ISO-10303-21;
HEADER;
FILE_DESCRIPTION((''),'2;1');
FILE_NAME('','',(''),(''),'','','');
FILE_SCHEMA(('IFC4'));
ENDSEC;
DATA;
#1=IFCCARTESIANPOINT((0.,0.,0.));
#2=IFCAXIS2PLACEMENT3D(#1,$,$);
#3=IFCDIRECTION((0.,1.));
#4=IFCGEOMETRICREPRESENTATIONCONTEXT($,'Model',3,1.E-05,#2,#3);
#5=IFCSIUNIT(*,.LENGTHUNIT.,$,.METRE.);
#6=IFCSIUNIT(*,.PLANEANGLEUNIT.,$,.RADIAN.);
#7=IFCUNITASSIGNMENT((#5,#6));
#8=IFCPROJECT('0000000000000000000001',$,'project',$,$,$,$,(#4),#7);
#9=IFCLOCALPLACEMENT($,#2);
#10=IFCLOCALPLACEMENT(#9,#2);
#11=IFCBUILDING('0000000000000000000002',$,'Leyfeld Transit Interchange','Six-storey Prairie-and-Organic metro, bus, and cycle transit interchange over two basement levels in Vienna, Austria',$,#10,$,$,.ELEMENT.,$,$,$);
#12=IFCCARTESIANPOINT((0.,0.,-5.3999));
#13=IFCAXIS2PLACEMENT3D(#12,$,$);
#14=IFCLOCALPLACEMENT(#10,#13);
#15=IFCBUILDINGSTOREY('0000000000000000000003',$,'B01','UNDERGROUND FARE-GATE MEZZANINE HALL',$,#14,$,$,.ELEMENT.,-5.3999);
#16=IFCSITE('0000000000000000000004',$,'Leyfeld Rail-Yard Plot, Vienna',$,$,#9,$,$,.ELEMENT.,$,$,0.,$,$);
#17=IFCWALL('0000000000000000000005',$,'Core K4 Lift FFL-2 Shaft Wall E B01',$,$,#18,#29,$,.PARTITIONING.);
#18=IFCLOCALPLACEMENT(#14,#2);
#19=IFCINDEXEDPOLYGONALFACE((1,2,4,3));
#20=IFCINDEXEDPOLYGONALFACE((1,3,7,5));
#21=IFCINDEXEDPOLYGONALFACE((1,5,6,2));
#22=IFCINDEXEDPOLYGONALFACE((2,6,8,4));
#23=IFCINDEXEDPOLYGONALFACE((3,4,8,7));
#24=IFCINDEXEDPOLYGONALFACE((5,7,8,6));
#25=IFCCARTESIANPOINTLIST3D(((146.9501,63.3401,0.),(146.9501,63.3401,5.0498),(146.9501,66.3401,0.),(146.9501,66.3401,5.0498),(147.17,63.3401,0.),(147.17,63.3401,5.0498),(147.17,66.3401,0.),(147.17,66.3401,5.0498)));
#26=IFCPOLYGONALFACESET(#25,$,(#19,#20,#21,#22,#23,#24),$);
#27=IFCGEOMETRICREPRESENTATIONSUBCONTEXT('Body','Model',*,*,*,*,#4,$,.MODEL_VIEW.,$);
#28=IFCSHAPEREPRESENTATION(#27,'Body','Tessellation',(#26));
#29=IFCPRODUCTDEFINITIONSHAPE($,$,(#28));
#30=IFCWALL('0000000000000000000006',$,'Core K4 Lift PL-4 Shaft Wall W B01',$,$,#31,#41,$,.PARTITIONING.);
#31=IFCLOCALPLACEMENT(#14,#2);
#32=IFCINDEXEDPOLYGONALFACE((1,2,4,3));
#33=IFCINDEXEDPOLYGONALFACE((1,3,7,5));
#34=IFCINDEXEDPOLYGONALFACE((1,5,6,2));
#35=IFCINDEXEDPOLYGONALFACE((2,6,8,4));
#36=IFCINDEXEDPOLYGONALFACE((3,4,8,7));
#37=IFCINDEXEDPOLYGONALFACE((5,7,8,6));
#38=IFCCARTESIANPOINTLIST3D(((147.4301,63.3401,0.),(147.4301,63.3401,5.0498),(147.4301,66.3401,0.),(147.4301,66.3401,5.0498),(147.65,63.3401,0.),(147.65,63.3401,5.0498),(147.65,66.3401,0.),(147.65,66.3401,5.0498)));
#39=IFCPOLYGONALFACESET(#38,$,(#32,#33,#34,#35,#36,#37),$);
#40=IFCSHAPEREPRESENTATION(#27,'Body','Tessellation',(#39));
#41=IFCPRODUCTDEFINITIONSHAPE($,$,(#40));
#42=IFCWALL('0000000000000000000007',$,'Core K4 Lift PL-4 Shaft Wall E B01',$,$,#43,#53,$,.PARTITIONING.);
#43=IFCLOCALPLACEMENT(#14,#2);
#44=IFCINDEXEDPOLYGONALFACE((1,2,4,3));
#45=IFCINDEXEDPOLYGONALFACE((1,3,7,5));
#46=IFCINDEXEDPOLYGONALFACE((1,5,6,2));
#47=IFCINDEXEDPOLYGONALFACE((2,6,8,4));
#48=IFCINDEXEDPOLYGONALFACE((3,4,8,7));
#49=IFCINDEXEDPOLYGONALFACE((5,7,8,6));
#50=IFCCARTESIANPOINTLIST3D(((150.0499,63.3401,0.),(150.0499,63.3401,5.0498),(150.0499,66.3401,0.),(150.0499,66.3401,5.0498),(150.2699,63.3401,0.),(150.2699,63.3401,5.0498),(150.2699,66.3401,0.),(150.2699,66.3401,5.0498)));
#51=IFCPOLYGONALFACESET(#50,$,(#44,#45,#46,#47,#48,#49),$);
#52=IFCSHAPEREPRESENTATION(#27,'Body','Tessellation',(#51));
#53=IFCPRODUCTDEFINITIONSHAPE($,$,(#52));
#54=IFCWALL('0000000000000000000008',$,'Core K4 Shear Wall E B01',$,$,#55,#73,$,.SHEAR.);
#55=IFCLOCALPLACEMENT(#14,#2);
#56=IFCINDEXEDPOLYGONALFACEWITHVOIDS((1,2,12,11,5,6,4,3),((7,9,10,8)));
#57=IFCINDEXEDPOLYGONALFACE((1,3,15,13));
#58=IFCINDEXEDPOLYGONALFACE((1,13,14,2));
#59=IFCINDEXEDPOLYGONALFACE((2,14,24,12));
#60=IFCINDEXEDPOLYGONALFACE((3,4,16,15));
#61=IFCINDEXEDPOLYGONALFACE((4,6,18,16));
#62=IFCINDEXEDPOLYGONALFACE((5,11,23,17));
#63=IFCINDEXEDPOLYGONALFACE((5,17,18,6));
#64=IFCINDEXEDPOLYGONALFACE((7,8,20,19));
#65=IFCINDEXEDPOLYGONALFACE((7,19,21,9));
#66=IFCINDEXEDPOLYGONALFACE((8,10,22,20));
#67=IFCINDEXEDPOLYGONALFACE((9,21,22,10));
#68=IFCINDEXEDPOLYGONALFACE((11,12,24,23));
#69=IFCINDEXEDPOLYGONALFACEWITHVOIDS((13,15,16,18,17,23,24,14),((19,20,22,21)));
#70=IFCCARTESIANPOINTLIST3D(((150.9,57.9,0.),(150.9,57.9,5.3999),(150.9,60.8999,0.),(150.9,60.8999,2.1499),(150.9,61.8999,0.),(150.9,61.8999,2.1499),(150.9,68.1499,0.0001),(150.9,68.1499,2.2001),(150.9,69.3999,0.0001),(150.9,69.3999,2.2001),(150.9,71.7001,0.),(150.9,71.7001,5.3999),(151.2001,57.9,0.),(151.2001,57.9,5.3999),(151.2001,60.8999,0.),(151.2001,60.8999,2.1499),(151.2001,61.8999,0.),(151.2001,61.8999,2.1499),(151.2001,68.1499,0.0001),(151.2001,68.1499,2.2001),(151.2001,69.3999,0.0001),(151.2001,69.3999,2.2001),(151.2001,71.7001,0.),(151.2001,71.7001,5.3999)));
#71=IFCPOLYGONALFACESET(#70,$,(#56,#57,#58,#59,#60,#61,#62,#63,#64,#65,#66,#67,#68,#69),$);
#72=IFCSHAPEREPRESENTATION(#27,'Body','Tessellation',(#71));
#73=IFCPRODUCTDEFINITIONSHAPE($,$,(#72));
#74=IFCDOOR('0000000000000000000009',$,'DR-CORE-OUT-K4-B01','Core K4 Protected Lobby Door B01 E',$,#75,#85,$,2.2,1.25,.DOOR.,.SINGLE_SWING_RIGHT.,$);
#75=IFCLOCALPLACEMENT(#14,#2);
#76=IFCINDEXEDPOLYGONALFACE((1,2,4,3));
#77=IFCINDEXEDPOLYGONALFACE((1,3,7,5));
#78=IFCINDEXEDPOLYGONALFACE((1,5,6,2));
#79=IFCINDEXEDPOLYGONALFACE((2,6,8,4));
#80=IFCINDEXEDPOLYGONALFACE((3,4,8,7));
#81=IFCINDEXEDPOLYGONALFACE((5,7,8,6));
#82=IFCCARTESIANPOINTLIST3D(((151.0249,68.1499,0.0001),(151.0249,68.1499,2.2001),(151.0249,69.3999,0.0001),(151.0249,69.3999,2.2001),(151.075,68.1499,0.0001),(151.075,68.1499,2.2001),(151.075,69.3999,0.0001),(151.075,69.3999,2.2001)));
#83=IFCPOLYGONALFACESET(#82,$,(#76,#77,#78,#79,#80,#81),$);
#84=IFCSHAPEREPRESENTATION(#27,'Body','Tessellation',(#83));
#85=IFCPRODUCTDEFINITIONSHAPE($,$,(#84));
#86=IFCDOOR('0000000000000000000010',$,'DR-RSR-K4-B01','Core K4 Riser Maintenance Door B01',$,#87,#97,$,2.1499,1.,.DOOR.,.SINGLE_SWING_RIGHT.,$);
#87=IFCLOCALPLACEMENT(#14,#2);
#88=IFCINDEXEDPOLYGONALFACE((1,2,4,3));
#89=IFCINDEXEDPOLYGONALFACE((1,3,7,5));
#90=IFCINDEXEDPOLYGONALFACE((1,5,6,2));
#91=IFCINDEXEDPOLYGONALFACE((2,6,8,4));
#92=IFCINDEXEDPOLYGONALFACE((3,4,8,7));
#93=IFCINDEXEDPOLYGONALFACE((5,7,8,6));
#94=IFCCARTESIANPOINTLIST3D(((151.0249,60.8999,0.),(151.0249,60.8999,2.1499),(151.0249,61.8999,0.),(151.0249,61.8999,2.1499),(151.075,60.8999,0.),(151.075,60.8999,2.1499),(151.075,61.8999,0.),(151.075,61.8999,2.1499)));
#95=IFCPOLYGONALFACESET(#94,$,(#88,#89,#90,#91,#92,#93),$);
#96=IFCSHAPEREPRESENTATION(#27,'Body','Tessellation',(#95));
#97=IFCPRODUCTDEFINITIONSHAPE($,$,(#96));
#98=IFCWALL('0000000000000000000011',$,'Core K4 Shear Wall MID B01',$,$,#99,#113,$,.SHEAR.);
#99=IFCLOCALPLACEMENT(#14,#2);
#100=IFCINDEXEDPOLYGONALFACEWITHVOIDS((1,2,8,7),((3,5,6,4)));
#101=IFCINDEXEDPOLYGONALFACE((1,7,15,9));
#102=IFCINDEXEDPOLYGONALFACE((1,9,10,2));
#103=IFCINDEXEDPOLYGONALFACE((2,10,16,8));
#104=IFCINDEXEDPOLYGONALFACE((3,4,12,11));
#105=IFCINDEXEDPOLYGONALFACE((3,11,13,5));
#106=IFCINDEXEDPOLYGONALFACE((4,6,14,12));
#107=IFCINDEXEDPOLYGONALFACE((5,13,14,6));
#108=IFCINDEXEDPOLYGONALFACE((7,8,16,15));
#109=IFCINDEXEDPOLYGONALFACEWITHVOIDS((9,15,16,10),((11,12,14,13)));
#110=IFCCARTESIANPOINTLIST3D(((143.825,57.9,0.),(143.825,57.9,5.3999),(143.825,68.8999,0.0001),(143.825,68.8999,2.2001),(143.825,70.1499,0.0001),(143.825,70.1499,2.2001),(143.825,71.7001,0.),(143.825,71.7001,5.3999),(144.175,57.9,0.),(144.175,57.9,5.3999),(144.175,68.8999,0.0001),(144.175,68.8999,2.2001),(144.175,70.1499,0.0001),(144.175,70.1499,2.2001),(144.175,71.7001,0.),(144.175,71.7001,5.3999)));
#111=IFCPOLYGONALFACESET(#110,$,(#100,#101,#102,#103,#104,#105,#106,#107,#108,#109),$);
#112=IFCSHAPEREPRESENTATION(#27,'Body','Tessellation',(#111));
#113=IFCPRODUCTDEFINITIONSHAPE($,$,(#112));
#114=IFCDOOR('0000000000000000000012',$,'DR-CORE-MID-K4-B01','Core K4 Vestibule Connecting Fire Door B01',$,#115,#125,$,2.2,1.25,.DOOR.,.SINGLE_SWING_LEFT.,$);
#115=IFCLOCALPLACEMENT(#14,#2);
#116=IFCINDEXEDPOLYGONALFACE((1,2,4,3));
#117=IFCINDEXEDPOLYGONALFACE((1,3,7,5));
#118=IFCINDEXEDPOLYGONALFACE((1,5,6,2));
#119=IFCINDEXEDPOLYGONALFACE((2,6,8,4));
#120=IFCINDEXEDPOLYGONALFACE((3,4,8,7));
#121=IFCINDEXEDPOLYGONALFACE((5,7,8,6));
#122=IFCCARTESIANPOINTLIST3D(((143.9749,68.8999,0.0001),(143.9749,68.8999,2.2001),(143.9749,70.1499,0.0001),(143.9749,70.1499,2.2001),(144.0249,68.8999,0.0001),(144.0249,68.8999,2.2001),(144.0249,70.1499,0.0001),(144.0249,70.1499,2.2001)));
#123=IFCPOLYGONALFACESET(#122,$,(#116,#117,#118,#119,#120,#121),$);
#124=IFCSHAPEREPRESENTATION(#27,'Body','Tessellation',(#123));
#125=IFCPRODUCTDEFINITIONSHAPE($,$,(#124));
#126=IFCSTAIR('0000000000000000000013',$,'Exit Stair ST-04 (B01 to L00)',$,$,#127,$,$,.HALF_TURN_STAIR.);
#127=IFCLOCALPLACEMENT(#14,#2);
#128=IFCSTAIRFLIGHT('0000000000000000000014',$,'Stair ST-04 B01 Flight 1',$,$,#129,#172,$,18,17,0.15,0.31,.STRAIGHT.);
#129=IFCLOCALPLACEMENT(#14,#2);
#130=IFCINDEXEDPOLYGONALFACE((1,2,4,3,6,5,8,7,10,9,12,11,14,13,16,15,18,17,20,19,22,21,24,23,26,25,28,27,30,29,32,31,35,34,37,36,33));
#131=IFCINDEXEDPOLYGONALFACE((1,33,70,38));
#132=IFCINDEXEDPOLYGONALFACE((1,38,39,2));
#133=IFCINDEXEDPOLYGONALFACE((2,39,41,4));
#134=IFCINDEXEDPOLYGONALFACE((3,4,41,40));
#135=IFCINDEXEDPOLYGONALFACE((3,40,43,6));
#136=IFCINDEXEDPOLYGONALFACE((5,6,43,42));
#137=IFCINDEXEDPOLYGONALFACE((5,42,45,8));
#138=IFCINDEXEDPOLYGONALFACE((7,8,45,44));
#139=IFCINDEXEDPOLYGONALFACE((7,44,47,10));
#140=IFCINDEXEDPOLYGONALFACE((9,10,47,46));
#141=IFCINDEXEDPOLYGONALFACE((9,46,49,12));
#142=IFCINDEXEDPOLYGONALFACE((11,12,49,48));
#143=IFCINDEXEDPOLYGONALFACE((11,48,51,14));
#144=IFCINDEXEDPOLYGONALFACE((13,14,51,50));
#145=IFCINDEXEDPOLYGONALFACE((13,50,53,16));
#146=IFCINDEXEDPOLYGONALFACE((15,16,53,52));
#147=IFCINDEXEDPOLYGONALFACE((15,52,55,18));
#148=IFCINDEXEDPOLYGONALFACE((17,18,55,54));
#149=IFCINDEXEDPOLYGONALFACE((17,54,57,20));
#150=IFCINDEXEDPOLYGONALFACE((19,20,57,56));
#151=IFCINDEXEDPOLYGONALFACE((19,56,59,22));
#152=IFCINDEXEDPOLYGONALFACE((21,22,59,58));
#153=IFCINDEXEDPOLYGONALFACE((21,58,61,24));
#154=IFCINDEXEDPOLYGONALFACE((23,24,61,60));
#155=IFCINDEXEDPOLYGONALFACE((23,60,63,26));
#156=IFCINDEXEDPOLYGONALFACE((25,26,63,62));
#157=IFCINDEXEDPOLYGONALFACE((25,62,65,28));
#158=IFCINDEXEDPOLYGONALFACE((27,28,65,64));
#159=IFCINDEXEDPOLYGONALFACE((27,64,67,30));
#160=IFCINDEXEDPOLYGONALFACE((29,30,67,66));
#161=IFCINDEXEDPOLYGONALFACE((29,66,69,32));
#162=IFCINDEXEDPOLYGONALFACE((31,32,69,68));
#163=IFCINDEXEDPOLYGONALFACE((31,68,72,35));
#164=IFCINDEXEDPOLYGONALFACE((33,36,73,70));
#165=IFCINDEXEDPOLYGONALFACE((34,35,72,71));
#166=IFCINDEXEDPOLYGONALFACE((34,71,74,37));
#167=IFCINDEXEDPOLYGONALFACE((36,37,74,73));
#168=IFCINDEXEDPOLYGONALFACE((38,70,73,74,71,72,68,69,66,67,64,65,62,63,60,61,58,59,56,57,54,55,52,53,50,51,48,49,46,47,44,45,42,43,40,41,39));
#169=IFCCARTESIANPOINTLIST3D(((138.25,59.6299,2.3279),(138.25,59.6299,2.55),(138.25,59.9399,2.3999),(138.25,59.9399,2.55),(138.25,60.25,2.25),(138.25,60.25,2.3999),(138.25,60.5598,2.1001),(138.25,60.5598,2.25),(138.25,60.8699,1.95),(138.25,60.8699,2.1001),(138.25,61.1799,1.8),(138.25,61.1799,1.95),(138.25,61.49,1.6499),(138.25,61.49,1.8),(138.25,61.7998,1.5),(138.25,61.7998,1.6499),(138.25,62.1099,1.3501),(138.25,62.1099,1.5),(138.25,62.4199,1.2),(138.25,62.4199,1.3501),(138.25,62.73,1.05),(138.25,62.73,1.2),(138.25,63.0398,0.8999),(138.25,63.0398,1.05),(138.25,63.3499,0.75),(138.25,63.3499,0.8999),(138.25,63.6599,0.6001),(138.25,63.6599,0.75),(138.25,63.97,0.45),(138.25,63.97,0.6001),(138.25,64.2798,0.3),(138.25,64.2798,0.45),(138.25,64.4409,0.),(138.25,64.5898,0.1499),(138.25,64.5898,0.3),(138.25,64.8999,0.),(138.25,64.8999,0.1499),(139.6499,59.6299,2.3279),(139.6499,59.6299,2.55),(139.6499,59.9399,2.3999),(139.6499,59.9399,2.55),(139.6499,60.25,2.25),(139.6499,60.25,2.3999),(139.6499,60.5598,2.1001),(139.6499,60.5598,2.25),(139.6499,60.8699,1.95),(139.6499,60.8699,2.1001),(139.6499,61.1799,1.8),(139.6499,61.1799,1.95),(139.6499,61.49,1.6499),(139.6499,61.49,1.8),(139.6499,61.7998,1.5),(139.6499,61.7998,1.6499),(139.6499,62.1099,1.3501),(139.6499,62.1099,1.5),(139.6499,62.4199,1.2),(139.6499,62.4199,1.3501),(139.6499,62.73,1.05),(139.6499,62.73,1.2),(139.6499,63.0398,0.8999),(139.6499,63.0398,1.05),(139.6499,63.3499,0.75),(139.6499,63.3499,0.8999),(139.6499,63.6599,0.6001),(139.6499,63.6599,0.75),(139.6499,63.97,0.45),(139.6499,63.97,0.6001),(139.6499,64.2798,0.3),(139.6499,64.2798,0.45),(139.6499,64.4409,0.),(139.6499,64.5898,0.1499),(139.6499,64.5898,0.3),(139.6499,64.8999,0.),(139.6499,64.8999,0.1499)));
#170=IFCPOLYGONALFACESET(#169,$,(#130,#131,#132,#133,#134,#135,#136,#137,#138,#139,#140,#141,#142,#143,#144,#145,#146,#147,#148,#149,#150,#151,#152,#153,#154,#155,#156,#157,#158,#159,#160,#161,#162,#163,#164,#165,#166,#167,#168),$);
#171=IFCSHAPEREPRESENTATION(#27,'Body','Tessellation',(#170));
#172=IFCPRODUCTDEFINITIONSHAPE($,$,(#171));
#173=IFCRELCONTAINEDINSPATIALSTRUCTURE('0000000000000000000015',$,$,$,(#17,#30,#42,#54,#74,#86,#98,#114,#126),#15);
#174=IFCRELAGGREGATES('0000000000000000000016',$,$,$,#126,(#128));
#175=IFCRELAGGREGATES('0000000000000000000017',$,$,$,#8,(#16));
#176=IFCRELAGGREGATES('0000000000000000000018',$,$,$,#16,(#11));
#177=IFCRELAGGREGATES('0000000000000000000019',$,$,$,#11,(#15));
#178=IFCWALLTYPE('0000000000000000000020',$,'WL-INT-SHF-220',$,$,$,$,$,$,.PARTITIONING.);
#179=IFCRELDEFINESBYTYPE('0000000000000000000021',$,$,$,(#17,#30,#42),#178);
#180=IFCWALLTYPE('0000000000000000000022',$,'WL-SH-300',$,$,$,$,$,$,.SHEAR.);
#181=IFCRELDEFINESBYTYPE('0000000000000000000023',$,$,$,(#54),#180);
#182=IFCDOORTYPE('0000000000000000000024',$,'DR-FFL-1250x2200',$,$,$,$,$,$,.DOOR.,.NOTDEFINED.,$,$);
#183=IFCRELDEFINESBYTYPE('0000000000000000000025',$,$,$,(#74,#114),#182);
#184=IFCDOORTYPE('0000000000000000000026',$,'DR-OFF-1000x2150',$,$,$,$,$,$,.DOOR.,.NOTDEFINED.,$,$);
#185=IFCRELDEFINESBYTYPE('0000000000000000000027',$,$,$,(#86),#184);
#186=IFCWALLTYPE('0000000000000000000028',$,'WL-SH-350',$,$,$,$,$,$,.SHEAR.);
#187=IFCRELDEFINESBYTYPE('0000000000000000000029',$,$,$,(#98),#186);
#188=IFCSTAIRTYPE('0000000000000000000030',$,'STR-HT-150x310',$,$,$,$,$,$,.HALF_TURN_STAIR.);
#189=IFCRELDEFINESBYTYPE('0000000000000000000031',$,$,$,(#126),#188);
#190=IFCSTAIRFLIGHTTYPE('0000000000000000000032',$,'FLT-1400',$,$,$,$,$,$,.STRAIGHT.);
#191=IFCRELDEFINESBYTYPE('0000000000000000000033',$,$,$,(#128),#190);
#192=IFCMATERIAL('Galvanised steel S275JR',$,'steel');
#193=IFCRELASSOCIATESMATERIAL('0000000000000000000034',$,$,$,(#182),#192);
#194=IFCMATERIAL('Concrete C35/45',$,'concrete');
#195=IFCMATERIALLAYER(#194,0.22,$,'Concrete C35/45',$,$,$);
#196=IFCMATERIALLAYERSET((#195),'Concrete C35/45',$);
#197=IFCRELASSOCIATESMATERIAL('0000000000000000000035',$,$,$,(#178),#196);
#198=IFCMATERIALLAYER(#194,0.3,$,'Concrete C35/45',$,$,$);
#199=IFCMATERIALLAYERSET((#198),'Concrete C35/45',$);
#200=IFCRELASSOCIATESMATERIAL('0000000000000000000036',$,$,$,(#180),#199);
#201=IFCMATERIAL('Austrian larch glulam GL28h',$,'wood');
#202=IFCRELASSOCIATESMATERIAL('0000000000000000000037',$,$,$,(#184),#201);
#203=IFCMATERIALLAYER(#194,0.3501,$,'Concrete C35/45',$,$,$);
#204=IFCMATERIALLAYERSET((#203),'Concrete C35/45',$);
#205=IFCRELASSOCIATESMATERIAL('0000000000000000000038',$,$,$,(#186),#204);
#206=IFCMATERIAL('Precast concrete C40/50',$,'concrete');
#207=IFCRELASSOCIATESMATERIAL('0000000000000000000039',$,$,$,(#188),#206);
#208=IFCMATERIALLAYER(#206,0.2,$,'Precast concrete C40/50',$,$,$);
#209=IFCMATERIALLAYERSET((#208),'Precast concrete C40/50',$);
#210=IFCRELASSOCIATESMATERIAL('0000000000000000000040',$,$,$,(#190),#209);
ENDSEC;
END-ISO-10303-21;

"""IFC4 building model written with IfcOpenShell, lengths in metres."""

from ifc_helpers import new_model, si_unit, direction, frame, frame_2d, origin, place, context, subcontext, project, spatial, polyline, rectangle, outline, extrude, material, layer, layer_set, type_object, element, fill, aggregate, save


model = new_model("IFC4")

# Units and contexts
model_context = context("Model", 3, precision=1e-05, world=origin(), true_north=direction((0.0, 1.0)))
body_context = subcontext(model_context, "Body", "Model", "MODEL_VIEW")
ifc_project = project(units=[si_unit("LENGTHUNIT", "METRE"), si_unit("PLANEANGLEUNIT", "RADIAN")], contexts=[model_context])

# Site, building, storey
site_placement = place(None, origin())
site = spatial("IfcSite", under=ifc_project, at=site_placement, Name="Leyfeld Rail-Yard Plot, Vienna", CompositionType="ELEMENT", RefElevation=0.0)
building_placement = place(site_placement, origin())
building = spatial("IfcBuilding", under=site, at=building_placement, Name="Leyfeld Transit Interchange", Description="Six-storey Prairie-and-Organic metro, bus, and cycle transit interchange over two basement levels in Vienna, Austria", CompositionType="ELEMENT")
storey_placement = place(building_placement, frame((0.0, 0.0, -5.3999)))
storey = spatial("IfcBuildingStorey", under=building, at=storey_placement, Name="B01", Description="UNDERGROUND FARE-GATE MEZZANINE HALL", CompositionType="ELEMENT", Elevation=-5.3999)

# Shared definitions
ifc_material_1 = material(Name="Concrete C35/45", Category="concrete")

# Shared definitions
ifc_material_2 = material(Name="Galvanised steel S275JR", Category="steel")
door_type_1 = type_object("IfcDoorType", Name="DR-FFL-1250x2200", OperationType="NOTDEFINED", PredefinedType="DOOR", material=ifc_material_2)

# Shared definitions
ifc_layer_1 = layer(ifc_material_1, 0.22, Name="Concrete C35/45")
ifc_layer_set_1 = layer_set([ifc_layer_1], Name="Concrete C35/45")
wall_type_1 = type_object("IfcWallType", Name="WL-INT-SHF-220", PredefinedType="PARTITIONING", material=ifc_layer_set_1)

# Walls
wall_1_placement = place(storey_placement, frame((147.0601, 63.3401, 0.0), z_axis=(0.0, 0.0, 1.0), x_axis=(0.0, 1.0, 0.0)))
element("IfcWall", 1, at=wall_1_placement, inside=storey, type_object=wall_type_1, Name="Core K4 Lift FFL-2 Shaft Wall E B01", PredefinedType="PARTITIONING", context=body_context, shape_type="SweptSolid", body=[
    extrude(rectangle(XDim=3.0, YDim=0.22, at=frame_2d((1.5, 0.0))), origin(), (0.0, 0.0, 1.0), 5.0498),
])
for number, where, z_axis, x_axis, name in (
    (2, (147.54, 63.3401, 0.0), (0.0, 0.0, 1.0), (0.0, 1.0, 0.0), "Core K4 Lift PL-4 Shaft Wall W B01"),
    (3, (150.1599, 63.3401, 0.0), (0.0, 0.0, 1.0), (0.0, 1.0, 0.0), "Core K4 Lift PL-4 Shaft Wall E B01"),
):
    element("IfcWall", number, at=place(storey_placement, frame(where, z_axis=z_axis, x_axis=x_axis)), inside=storey, type_object=wall_type_1, Name=name, PredefinedType="PARTITIONING", context=body_context, shape_type="SweptSolid", body=[
        extrude(rectangle(XDim=3.0, YDim=0.22, at=frame_2d((1.5, 0.0))), origin(), (0.0, 0.0, 1.0), 5.0498),
    ])

# Wall, openings, doors
ifc_layer_2 = layer(ifc_material_1, 0.3, Name="Concrete C35/45")
ifc_layer_set_2 = layer_set([ifc_layer_2], Name="Concrete C35/45")
wall_type_2 = type_object("IfcWallType", Name="WL-SH-300", PredefinedType="SHEAR", material=ifc_layer_set_2)
wall_2_placement = place(storey_placement, frame((151.05, 71.7, 0.0), z_axis=(0.0, 0.0, 1.0), x_axis=(0.0, -1.0, 0.0)))
wall_2 = element("IfcWall", 4, at=wall_2_placement, inside=storey, type_object=wall_type_2, Name="Core K4 Shear Wall E B01", PredefinedType="SHEAR", context=body_context, shape_type="SweptSolid", body=[
    extrude(rectangle(XDim=13.8, YDim=0.3, at=frame_2d((6.8999, 0.0))), origin(), (0.0, 0.0, 1.0), 5.3999),
])
opening_1_placement = place(wall_2_placement, frame((9.8, 0.0, 0.0)))
opening_1 = element("IfcOpeningElement", 5, at=opening_1_placement, cuts=wall_2, PredefinedType="OPENING", context=body_context, shape_type="SweptSolid", body=[
    extrude(rectangle(XDim=1.0, YDim=2.1499, at=frame_2d((0.5, 1.075))), frame((0.0, 0.1599, 0.0), z_axis=(0.0, -1.0, 0.0), x_axis=(1.0, 0.0, 0.0)), (0.0, 0.0, 1.0), 0.3201),
])
opening_2_placement = place(wall_2_placement, frame((2.3, 0.0, 0.0)))
opening_2 = element("IfcOpeningElement", 6, at=opening_2_placement, cuts=wall_2, PredefinedType="OPENING", context=body_context, shape_type="SweptSolid", body=[
    extrude(rectangle(XDim=1.25, YDim=2.2, at=frame_2d((0.625, 1.1001))), frame((0.0, 0.1599, 0.0), z_axis=(0.0, -1.0, 0.0), x_axis=(1.0, 0.0, 0.0)), (0.0, 0.0, 1.0), 0.3201),
])
door_1_placement = place(opening_2_placement, origin())
door_1 = element("IfcDoor", 7, at=door_1_placement, inside=storey, type_object=door_type_1, Name="DR-CORE-OUT-K4-B01", Description="Core K4 Protected Lobby Door B01 E", OperationType="SINGLE_SWING_RIGHT", OverallHeight=2.2, OverallWidth=1.25, PredefinedType="DOOR", context=body_context, shape_type="SweptSolid", body=[
    extrude(rectangle(XDim=1.25, YDim=2.2, at=frame_2d((0.625, 1.1001))), frame((0.0, 0.0249, 0.0), z_axis=(0.0, -1.0, 0.0), x_axis=(1.0, 0.0, 0.0)), (0.0, 0.0, 1.0), 0.05),
])
fill(opening_2, door_1)
ifc_material_3 = material(Name="Austrian larch glulam GL28h", Category="wood")
door_type_2 = type_object("IfcDoorType", Name="DR-OFF-1000x2150", OperationType="NOTDEFINED", PredefinedType="DOOR", material=ifc_material_3)
door_2_placement = place(opening_1_placement, origin())
door_2 = element("IfcDoor", 8, at=door_2_placement, inside=storey, type_object=door_type_2, Name="DR-RSR-K4-B01", Description="Core K4 Riser Maintenance Door B01", OperationType="SINGLE_SWING_RIGHT", OverallHeight=2.1499, OverallWidth=1.0, PredefinedType="DOOR", context=body_context, shape_type="SweptSolid", body=[
    extrude(rectangle(XDim=1.0, YDim=2.1499, at=frame_2d((0.5, 1.075))), frame((0.0, 0.0249, 0.0), z_axis=(0.0, -1.0, 0.0), x_axis=(1.0, 0.0, 0.0)), (0.0, 0.0, 1.0), 0.05),
])
fill(opening_1, door_2)

# Wall, opening, door
ifc_layer_3 = layer(ifc_material_1, 0.3501, Name="Concrete C35/45")
ifc_layer_set_3 = layer_set([ifc_layer_3], Name="Concrete C35/45")
wall_type_3 = type_object("IfcWallType", Name="WL-SH-350", PredefinedType="SHEAR", material=ifc_layer_set_3)
wall_3_placement = place(storey_placement, frame((144.0, 71.7, 0.0), z_axis=(0.0, 0.0, 1.0), x_axis=(0.0, -1.0, 0.0)))
wall_3 = element("IfcWall", 9, at=wall_3_placement, inside=storey, type_object=wall_type_3, Name="Core K4 Shear Wall MID B01", PredefinedType="SHEAR", context=body_context, shape_type="SweptSolid", body=[
    extrude(rectangle(XDim=13.8, YDim=0.3501, at=frame_2d((6.8999, 0.0))), origin(), (0.0, 0.0, 1.0), 5.3999),
])
opening_3_placement = place(wall_3_placement, frame((1.55, 0.0, 0.0)))
opening_3 = element("IfcOpeningElement", 10, at=opening_3_placement, cuts=wall_3, PredefinedType="OPENING", context=body_context, shape_type="SweptSolid", body=[
    extrude(rectangle(XDim=1.25, YDim=2.2, at=frame_2d((0.625, 1.1001))), frame((0.0, 0.1851, 0.0), z_axis=(0.0, -1.0, 0.0), x_axis=(1.0, 0.0, 0.0)), (0.0, 0.0, 1.0), 0.3701),
])
door_3_placement = place(opening_3_placement, origin())
door_3 = element("IfcDoor", 11, at=door_3_placement, inside=storey, type_object=door_type_1, Name="DR-CORE-MID-K4-B01", Description="Core K4 Vestibule Connecting Fire Door B01", OperationType="SINGLE_SWING_LEFT", OverallHeight=2.2, OverallWidth=1.25, PredefinedType="DOOR", context=body_context, shape_type="SweptSolid", body=[
    extrude(rectangle(XDim=1.25, YDim=2.2, at=frame_2d((0.625, 1.1001))), frame((0.0, 0.0249, 0.0), z_axis=(0.0, -1.0, 0.0), x_axis=(1.0, 0.0, 0.0)), (0.0, 0.0, 1.0), 0.05),
])
fill(opening_3, door_3)

# Stair, stair flight
ifc_material_4 = material(Name="Precast concrete C40/50", Category="concrete")
stair_type = type_object("IfcStairType", Name="STR-HT-150x310", PredefinedType="HALF_TURN_STAIR", material=ifc_material_4)
stair_placement = place(storey_placement, origin())
stair = element("IfcStair", 12, at=stair_placement, inside=storey, type_object=stair_type, Name="Exit Stair ST-04 (B01 to L00)", PredefinedType="HALF_TURN_STAIR")
ifc_layer_4 = layer(ifc_material_4, 0.2, Name="Precast concrete C40/50")
ifc_layer_set_4 = layer_set([ifc_layer_4], Name="Precast concrete C40/50")
stair_flight_type = type_object("IfcStairFlightType", Name="FLT-1400", PredefinedType="STRAIGHT", material=ifc_layer_set_4)
stair_flight_placement = place(storey_placement, frame((138.95, 64.8999, 0.0), z_axis=(0.0, 0.0, 1.0), x_axis=(0.0, -1.0, 0.0)))
stair_flight = element("IfcStairFlight", 13, at=stair_flight_placement, type_object=stair_flight_type, Name="Stair ST-04 B01 Flight 1", NumberOfRisers=18, NumberOfTreads=17, PredefinedType="STRAIGHT", RiserHeight=0.15, TreadLength=0.31, context=body_context, shape_type="SweptSolid", body=[
    extrude(outline(polyline([(0.0, 0.0), (0.0, 0.1499), (0.3101, 0.1499), (0.3101, 0.3), (0.6201, 0.3), (0.6201, 0.45), (0.9299, 0.45), (0.9299, 0.6001), (1.24, 0.6001), (1.24, 0.75), (1.55, 0.75), (1.55, 0.8999), (1.8601, 0.8999), (1.8601, 1.05), (2.1699, 1.05), (2.1699, 1.2), (2.48, 1.2), (2.48, 1.3501), (2.79, 1.3501), (2.79, 1.5), (3.1001, 1.5), (3.1001, 1.6499), (3.4099, 1.6499), (3.4099, 1.8), (3.72, 1.8), (3.72, 1.95), (4.03, 1.95), (4.03, 2.1001), (4.3401, 2.1001), (4.3401, 2.25), (4.6499, 2.25), (4.6499, 2.3999), (4.96, 2.3999), (4.96, 2.55), (5.27, 2.55), (5.27, 2.7), (5.27, 2.3279), (0.459, 0.0), (0.0, 0.0)])), frame((0.0, 0.7, 0.0), z_axis=(0.0, -1.0, 0.0), x_axis=(1.0, 0.0, 0.0)), (0.0, 0.0, 1.0), 1.3999),
])
aggregate(stair, [stair_flight])

save(model, "model.ifc")
